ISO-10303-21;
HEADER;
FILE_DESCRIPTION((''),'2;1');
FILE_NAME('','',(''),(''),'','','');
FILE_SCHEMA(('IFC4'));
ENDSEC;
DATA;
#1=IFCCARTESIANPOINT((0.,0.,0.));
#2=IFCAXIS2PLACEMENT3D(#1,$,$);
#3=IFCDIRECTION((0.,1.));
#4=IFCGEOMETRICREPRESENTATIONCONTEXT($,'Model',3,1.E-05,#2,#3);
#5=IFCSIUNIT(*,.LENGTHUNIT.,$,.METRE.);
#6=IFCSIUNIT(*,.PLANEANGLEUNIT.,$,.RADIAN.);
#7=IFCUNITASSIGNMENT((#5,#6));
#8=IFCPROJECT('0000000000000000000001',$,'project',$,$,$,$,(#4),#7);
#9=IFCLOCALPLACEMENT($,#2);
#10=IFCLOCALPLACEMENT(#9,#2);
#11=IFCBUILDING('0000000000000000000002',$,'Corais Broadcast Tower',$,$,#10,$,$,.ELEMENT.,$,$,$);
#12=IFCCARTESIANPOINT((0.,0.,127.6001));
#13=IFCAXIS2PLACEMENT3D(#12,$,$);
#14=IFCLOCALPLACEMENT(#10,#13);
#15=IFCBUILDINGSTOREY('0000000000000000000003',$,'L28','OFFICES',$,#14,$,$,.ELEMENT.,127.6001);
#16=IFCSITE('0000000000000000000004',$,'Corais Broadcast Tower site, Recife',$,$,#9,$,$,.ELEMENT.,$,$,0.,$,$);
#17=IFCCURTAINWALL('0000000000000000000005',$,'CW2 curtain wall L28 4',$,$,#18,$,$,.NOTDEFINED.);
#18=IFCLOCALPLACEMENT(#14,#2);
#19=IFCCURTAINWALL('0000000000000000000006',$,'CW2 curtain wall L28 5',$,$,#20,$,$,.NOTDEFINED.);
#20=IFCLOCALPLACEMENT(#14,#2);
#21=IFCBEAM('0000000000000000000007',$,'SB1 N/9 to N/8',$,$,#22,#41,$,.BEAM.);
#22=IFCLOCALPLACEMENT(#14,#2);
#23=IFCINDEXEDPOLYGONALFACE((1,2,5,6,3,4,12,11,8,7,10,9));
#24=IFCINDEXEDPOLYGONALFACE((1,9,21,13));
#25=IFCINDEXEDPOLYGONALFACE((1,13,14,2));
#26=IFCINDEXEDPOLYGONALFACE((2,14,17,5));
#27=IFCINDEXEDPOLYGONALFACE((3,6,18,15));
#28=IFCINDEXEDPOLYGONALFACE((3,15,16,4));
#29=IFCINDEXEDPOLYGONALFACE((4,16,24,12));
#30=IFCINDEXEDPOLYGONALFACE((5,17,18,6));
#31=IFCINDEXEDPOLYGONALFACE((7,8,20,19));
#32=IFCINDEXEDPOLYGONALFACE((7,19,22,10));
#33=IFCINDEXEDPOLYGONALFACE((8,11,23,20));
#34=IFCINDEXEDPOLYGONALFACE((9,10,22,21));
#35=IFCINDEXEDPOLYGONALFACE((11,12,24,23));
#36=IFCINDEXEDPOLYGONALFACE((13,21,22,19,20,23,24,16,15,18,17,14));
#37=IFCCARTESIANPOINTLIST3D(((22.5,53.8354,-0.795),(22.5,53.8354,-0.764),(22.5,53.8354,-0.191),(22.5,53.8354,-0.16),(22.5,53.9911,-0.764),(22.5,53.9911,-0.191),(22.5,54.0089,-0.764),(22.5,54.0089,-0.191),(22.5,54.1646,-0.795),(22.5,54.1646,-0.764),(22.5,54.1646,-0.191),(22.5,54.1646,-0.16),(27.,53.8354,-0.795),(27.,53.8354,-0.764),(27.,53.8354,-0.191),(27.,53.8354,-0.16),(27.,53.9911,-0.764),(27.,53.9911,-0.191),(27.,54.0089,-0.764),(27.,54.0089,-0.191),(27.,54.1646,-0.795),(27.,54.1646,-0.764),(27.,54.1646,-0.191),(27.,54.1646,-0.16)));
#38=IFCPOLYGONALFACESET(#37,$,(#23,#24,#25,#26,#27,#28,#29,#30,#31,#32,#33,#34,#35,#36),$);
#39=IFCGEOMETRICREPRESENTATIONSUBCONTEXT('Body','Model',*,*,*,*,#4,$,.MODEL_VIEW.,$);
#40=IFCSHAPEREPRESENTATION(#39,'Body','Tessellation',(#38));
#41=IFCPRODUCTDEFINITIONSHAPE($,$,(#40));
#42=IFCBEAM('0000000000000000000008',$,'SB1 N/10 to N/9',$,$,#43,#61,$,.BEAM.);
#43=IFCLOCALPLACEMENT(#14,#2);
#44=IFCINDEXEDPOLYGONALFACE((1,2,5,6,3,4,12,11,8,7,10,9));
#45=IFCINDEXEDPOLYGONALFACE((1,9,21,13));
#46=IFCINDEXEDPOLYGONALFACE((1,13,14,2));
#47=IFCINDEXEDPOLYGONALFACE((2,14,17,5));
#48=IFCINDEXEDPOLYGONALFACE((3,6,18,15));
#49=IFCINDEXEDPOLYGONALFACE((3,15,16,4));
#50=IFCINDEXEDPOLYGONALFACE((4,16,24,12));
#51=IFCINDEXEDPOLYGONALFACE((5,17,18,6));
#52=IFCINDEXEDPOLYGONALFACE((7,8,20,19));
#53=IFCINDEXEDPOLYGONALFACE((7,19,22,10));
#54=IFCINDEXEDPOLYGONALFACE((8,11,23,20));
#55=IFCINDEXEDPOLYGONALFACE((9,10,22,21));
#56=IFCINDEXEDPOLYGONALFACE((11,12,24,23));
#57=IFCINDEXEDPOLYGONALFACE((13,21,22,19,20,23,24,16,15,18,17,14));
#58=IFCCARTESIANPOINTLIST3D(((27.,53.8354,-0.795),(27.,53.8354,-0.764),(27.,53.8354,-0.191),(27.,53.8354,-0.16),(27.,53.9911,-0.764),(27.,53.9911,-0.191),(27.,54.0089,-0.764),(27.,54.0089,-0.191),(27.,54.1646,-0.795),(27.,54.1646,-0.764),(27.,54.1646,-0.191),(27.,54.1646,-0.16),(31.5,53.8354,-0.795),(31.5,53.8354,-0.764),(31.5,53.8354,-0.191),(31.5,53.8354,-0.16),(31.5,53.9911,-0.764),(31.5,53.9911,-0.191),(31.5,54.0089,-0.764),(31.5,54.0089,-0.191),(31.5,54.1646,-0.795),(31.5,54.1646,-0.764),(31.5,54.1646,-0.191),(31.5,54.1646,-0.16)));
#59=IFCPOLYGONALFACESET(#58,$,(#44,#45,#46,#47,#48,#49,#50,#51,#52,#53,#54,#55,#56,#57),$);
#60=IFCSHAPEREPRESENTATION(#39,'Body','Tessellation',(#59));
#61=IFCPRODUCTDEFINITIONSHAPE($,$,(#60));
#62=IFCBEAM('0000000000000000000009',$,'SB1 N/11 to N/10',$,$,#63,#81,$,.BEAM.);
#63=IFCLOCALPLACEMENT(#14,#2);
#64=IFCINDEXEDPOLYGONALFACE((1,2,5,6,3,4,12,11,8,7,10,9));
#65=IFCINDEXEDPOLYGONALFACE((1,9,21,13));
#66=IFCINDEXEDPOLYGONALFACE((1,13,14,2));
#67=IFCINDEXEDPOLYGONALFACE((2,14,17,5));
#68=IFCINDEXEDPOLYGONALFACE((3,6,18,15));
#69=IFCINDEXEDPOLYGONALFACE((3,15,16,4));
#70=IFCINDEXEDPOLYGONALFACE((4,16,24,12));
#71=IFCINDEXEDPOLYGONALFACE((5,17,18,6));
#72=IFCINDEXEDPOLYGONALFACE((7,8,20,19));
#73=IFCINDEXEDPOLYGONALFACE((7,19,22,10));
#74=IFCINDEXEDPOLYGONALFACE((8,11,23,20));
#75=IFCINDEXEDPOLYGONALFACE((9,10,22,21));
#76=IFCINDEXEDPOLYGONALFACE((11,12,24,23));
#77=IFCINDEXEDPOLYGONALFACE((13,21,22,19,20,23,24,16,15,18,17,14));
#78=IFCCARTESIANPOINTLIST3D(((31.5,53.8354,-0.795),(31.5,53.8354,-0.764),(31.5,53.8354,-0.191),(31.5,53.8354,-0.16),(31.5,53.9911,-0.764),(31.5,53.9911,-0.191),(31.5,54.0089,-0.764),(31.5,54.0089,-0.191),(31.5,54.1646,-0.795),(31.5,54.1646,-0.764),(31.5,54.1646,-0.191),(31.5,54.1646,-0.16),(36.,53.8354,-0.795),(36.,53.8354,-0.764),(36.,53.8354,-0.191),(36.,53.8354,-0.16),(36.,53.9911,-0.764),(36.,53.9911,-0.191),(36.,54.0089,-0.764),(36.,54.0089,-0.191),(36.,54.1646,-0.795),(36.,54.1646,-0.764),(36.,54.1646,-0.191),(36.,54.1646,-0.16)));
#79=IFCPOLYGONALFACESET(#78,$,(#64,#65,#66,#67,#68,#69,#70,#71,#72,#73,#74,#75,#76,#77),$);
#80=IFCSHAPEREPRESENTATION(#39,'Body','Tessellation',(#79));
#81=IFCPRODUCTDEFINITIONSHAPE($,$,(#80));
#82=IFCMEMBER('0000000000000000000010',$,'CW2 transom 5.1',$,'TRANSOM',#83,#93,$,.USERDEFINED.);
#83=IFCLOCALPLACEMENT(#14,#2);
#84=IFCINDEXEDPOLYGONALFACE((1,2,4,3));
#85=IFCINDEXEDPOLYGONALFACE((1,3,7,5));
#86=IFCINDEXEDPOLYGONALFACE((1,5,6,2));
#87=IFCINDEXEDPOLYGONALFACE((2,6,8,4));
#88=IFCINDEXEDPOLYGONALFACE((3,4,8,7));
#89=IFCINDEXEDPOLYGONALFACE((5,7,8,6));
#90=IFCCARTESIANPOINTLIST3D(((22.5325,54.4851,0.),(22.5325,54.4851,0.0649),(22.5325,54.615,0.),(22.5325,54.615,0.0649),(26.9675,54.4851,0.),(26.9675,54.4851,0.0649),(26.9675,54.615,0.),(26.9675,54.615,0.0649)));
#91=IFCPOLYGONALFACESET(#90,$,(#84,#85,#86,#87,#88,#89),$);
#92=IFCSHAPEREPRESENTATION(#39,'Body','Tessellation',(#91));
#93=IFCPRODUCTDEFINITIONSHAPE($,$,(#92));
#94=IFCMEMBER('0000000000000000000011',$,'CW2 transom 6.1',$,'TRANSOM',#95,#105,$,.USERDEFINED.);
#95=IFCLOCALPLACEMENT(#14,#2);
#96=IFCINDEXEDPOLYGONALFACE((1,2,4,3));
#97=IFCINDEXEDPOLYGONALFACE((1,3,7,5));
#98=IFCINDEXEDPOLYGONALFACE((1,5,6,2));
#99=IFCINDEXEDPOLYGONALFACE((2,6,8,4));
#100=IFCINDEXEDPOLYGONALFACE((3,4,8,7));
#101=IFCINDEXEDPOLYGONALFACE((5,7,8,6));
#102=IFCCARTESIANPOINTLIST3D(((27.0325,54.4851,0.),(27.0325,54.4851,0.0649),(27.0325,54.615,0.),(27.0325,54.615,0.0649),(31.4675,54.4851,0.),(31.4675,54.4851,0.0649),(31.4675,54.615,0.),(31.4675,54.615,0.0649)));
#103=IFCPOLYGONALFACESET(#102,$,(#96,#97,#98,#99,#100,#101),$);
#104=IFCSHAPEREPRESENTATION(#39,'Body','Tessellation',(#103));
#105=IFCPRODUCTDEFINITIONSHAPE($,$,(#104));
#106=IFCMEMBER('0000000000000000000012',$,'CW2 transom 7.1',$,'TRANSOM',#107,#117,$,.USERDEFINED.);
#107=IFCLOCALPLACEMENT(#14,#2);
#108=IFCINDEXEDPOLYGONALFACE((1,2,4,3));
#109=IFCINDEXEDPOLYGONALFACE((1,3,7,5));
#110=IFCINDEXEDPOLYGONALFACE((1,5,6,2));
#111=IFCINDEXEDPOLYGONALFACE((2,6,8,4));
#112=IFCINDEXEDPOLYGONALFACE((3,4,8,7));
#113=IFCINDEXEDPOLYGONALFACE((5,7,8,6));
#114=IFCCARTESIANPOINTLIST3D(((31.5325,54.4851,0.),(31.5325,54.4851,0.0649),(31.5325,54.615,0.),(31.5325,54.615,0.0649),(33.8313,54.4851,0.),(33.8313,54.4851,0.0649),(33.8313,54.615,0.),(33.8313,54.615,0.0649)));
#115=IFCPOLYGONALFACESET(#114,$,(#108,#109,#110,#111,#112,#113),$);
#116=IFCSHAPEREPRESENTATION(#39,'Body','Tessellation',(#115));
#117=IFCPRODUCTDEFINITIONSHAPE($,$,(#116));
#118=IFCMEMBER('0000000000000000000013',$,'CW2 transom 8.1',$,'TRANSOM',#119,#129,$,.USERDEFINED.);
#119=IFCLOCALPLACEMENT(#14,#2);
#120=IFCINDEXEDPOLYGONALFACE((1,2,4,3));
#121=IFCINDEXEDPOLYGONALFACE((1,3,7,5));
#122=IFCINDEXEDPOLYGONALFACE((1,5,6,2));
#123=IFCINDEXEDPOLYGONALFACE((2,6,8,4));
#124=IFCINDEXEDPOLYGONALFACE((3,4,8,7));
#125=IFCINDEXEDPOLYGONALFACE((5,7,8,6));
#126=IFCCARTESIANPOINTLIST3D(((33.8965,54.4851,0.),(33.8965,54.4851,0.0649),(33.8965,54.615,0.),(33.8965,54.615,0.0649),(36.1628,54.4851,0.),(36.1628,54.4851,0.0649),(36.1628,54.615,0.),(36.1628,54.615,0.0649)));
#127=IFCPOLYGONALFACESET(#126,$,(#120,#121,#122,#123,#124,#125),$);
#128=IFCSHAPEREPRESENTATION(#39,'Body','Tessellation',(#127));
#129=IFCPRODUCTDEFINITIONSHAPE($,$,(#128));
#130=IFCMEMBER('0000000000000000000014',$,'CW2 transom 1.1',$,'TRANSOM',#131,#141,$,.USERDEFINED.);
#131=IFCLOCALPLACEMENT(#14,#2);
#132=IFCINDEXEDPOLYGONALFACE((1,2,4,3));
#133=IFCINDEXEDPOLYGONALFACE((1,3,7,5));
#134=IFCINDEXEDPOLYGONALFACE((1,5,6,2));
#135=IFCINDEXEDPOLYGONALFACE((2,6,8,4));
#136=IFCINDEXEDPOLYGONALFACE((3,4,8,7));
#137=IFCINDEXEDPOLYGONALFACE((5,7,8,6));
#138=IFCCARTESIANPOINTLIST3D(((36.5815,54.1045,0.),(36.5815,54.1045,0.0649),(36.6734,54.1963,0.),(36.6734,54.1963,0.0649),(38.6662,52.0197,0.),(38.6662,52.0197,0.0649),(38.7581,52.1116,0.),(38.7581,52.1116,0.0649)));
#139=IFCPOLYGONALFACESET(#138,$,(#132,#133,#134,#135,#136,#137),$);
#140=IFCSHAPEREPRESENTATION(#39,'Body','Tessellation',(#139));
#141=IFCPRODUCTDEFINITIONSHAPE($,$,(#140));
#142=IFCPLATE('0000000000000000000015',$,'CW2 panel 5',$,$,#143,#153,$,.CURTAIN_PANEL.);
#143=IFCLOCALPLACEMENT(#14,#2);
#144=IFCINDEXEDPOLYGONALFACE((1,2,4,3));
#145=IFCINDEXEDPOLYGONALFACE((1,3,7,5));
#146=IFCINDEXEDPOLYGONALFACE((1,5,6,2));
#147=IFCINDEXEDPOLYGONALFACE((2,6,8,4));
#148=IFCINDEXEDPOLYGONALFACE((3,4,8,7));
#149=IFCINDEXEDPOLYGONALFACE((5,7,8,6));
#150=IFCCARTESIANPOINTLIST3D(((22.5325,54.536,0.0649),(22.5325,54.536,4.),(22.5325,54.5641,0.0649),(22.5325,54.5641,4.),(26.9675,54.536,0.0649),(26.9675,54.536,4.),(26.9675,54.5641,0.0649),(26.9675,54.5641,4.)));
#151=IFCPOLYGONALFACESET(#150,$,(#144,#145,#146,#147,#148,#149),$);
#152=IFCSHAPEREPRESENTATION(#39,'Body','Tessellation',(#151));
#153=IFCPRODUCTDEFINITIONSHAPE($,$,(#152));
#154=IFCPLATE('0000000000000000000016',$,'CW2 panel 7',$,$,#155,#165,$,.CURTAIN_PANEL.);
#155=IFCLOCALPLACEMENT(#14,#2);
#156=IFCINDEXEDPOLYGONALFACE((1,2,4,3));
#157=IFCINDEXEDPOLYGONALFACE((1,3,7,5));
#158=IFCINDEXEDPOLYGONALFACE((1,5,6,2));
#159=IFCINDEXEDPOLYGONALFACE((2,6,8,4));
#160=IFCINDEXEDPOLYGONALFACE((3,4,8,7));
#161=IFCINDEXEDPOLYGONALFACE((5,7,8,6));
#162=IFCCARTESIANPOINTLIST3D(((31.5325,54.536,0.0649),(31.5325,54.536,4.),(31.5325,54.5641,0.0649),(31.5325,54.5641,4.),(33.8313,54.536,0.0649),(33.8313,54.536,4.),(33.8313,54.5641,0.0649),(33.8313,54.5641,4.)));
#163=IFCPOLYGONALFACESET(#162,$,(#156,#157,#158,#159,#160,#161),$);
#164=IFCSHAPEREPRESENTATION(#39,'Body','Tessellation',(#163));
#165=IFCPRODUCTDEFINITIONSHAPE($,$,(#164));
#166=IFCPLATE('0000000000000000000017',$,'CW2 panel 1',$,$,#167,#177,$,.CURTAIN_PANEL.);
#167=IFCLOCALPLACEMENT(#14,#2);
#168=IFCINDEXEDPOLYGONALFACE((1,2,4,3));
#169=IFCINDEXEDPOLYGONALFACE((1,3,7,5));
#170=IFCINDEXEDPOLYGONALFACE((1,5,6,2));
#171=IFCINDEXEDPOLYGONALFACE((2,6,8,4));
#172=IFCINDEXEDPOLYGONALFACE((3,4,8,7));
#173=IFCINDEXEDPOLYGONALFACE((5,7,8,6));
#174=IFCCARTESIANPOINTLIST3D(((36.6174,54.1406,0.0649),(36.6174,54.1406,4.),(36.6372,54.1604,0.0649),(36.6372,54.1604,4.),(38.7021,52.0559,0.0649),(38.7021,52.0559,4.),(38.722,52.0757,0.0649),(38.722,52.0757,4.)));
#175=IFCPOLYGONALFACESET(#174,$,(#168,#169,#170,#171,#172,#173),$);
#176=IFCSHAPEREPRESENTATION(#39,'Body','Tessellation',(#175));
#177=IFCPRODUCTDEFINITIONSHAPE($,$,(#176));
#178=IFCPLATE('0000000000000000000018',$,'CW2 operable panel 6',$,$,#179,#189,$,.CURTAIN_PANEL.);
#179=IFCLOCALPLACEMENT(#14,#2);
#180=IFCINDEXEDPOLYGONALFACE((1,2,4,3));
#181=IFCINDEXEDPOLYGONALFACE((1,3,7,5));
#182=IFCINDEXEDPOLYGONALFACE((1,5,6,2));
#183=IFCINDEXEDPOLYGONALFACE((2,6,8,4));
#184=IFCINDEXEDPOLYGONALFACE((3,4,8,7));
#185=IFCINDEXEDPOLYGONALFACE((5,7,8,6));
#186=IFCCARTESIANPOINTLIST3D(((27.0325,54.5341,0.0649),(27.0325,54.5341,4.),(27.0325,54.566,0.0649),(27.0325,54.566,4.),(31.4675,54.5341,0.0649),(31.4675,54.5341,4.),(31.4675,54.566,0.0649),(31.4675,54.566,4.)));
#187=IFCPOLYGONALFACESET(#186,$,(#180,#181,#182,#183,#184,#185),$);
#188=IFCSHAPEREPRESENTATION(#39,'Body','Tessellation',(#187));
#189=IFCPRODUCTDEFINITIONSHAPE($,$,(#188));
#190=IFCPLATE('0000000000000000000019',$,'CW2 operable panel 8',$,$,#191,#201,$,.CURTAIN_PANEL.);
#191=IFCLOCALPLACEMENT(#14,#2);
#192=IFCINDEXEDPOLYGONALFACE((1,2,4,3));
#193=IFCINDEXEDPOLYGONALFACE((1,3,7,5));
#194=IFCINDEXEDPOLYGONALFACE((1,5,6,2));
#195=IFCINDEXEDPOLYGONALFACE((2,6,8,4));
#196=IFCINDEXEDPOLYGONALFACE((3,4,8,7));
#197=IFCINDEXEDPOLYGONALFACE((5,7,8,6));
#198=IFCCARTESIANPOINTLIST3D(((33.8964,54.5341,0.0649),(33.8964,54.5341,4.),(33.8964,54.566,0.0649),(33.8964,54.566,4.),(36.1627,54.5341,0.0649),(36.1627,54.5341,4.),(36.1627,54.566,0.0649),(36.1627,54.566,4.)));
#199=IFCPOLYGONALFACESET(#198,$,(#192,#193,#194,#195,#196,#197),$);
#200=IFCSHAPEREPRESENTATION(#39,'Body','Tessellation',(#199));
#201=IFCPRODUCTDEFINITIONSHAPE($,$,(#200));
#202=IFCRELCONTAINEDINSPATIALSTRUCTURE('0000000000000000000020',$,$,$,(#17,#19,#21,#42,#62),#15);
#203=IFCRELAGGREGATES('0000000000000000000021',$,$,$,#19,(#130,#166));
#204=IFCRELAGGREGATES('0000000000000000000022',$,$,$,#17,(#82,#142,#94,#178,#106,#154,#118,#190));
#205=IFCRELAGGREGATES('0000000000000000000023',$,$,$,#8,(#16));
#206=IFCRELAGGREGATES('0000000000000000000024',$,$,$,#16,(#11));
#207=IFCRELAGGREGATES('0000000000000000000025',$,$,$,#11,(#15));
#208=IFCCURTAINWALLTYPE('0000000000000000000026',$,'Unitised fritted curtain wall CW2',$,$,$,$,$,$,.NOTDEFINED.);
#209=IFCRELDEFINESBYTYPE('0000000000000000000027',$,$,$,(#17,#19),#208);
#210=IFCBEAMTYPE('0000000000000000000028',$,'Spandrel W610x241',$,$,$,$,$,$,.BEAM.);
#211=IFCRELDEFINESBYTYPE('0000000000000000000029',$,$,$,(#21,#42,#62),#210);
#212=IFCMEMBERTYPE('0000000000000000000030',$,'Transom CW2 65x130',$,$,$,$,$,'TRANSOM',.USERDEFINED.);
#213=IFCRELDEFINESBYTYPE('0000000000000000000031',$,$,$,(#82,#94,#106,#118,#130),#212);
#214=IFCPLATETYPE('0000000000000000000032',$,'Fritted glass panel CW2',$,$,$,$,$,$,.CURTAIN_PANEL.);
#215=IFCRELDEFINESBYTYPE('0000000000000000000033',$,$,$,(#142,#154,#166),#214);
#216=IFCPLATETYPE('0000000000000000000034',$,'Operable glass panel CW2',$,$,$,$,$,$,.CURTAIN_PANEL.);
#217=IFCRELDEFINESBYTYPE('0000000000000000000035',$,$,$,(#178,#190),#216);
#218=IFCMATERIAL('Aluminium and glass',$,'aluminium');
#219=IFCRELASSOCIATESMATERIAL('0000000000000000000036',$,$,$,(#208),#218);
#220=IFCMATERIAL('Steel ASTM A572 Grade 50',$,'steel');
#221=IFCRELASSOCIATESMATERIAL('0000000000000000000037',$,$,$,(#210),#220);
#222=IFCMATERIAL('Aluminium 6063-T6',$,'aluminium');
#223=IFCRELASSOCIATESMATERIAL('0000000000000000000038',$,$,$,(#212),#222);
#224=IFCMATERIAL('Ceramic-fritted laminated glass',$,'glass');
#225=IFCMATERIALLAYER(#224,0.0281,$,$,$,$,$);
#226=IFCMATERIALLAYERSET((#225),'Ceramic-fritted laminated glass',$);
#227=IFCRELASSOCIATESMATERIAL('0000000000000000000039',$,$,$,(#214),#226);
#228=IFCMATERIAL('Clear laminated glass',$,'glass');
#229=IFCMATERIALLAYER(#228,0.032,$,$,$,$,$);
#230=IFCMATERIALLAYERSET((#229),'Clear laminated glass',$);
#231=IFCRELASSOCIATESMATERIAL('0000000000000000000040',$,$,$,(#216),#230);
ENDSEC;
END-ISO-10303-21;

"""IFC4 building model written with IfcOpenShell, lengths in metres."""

from ifc_helpers import new_model, si_unit, direction, frame, origin, origin_2d, place, context, subcontext, project, spatial, rectangle, i_section, extrude, material, layer, layer_set, material_profile, profile_set, type_object, element, aggregate, save


model = new_model("IFC4")

# Units and contexts
model_context = context("Model", 3, precision=1e-05, world=origin(), true_north=direction((0.0, 1.0)))
body_context = subcontext(model_context, "Body", "Model", "MODEL_VIEW")
ifc_project = project(units=[si_unit("LENGTHUNIT", "METRE"), si_unit("PLANEANGLEUNIT", "RADIAN")], contexts=[model_context])

# Site, building, storey
site_placement = place(None, origin())
site = spatial("IfcSite", under=ifc_project, at=site_placement, Name="Corais Broadcast Tower site, Recife", CompositionType="ELEMENT", RefElevation=0.0)
building_placement = place(site_placement, origin())
building = spatial("IfcBuilding", under=site, at=building_placement, Name="Corais Broadcast Tower", CompositionType="ELEMENT")
storey_placement = place(building_placement, frame((0.0, 0.0, 127.6001)))
storey = spatial("IfcBuildingStorey", under=building, at=storey_placement, Name="L28", Description="OFFICES", CompositionType="ELEMENT", Elevation=127.6001)

# Curtain walls
ifc_material_1 = material(Name="Aluminium and glass", Category="aluminium")
curtain_wall_type = type_object("IfcCurtainWallType", Name="Unitised fritted curtain wall CW2", PredefinedType="NOTDEFINED", material=ifc_material_1)
curtain_wall_1_placement = place(storey_placement, origin())
curtain_wall_1 = element("IfcCurtainWall", 1, at=curtain_wall_1_placement, inside=storey, type_object=curtain_wall_type, Name="CW2 curtain wall L28 4", PredefinedType="NOTDEFINED")
curtain_wall_2_placement = place(storey_placement, origin())
curtain_wall_2 = element("IfcCurtainWall", 2, at=curtain_wall_2_placement, inside=storey, type_object=curtain_wall_type, Name="CW2 curtain wall L28 5", PredefinedType="NOTDEFINED")

# Beams
ifc_material_2 = material(Name="Steel ASTM A572 Grade 50", Category="steel")
ifc_material_profile_1 = material_profile(ifc_material_2, i_section(OverallWidth=0.3291, OverallDepth=0.635, WebThickness=0.0178, FlangeThickness=0.031, at=origin_2d()), Name="W610x241")
ifc_profile_set_1 = profile_set([ifc_material_profile_1], Name="Steel ASTM A572 Grade 50")
beam_type_1 = type_object("IfcBeamType", Name="Spandrel W610x241", PredefinedType="BEAM", material=ifc_profile_set_1)
for number, where, z_axis, x_axis, name in (
    (3, (27.0, 54.0, -0.4775), (-1.0, 0.0, 0.0), (0.0, -1.0, 0.0), "SB1 N/9 to N/8"),
    (4, (31.5, 54.0, -0.4775), (-1.0, 0.0, 0.0), (0.0, -1.0, 0.0), "SB1 N/10 to N/9"),
    (5, (36.0, 54.0, -0.4775), (-1.0, 0.0, 0.0), (0.0, -1.0, 0.0), "SB1 N/11 to N/10"),
):
    element("IfcBeam", number, at=place(storey_placement, frame(where, z_axis=z_axis, x_axis=x_axis)), inside=storey, type_object=beam_type_1, Name=name, PredefinedType="BEAM", context=body_context, shape_type="SweptSolid", body=[
        extrude(i_section(OverallWidth=0.3291, OverallDepth=0.635, WebThickness=0.0178, FlangeThickness=0.031, at=origin_2d()), origin(), (0.0, 0.0, 1.0), 4.5),
    ])

# Members
ifc_material_3 = material(Name="Aluminium 6063-T6", Category="aluminium")
ifc_material_profile_2 = material_profile(ifc_material_3, rectangle(XDim=0.1299, YDim=0.0649, at=origin_2d()), Name="Transom CW2 65x130")
ifc_profile_set_2 = profile_set([ifc_material_profile_2], Name="Aluminium 6063-T6")
member_type_1 = type_object("IfcMemberType", Name="Transom CW2 65x130", ElementType="TRANSOM", PredefinedType="USERDEFINED", material=ifc_profile_set_2)
member_1_placement = place(storey_placement, frame((22.5325, 54.55, 0.0325), z_axis=(1.0, 0.0, 0.0), x_axis=(0.0, 1.0, 0.0)))
member_1 = element("IfcMember", 6, at=member_1_placement, type_object=member_type_1, Name="CW2 transom 5.1", ObjectType="TRANSOM", PredefinedType="USERDEFINED", context=body_context, shape_type="SweptSolid", body=[
    extrude(rectangle(XDim=0.1299, YDim=0.0649, at=origin_2d()), origin(), (0.0, 0.0, 1.0), 4.4351),
])
member_2_placement = place(storey_placement, frame((27.0325, 54.55, 0.0325), z_axis=(1.0, 0.0, 0.0), x_axis=(0.0, 1.0, 0.0)))
member_2 = element("IfcMember", 7, at=member_2_placement, type_object=member_type_1, Name="CW2 transom 6.1", ObjectType="TRANSOM", PredefinedType="USERDEFINED", context=body_context, shape_type="SweptSolid", body=[
    extrude(rectangle(XDim=0.1299, YDim=0.0649, at=origin_2d()), origin(), (0.0, 0.0, 1.0), 4.4351),
])
member_3_placement = place(storey_placement, frame((31.5325, 54.55, 0.0325), z_axis=(1.0, 0.0, 0.0), x_axis=(0.0, 1.0, 0.0)))
member_3 = element("IfcMember", 8, at=member_3_placement, type_object=member_type_1, Name="CW2 transom 7.1", ObjectType="TRANSOM", PredefinedType="USERDEFINED", context=body_context, shape_type="SweptSolid", body=[
    extrude(rectangle(XDim=0.1299, YDim=0.0649, at=origin_2d()), origin(), (0.0, 0.0, 1.0), 2.2988),
])
member_4_placement = place(storey_placement, frame((33.8965, 54.55, 0.0325), z_axis=(1.0, 0.0, 0.0), x_axis=(0.0, 1.0, 0.0)))
member_4 = element("IfcMember", 9, at=member_4_placement, type_object=member_type_1, Name="CW2 transom 8.1", ObjectType="TRANSOM", PredefinedType="USERDEFINED", context=body_context, shape_type="SweptSolid", body=[
    extrude(rectangle(XDim=0.1299, YDim=0.0649, at=origin_2d()), origin(), (0.0, 0.0, 1.0), 2.2664),
])
member_5_placement = place(storey_placement, frame((36.6274, 54.1504, 0.0325), z_axis=(0.707107, -0.707107, 0.0), x_axis=(0.707107, 0.707107, 0.0)))
member_5 = element("IfcMember", 10, at=member_5_placement, type_object=member_type_1, Name="CW2 transom 1.1", ObjectType="TRANSOM", PredefinedType="USERDEFINED", context=body_context, shape_type="SweptSolid", body=[
    extrude(rectangle(XDim=0.1299, YDim=0.0649, at=origin_2d()), origin(), (0.0, 0.0, 1.0), 2.9482),
])

# Plates
ifc_material_4 = material(Name="Ceramic-fritted laminated glass", Category="glass")
ifc_layer_1 = layer(ifc_material_4, 0.0281)
ifc_layer_set_1 = layer_set([ifc_layer_1], Name="Ceramic-fritted laminated glass")
plate_type_1 = type_object("IfcPlateType", Name="Fritted glass panel CW2", PredefinedType="CURTAIN_PANEL", material=ifc_layer_set_1)
plate_1_placement = place(storey_placement, frame((24.75, 54.55, 0.0649), z_axis=(0.0, 0.0, 1.0), x_axis=(1.0, 0.0, 0.0)))
plate_1 = element("IfcPlate", 11, at=plate_1_placement, type_object=plate_type_1, Name="CW2 panel 5", PredefinedType="CURTAIN_PANEL", context=body_context, shape_type="SweptSolid", body=[
    extrude(rectangle(XDim=4.4351, YDim=0.0281, at=origin_2d()), origin(), (0.0, 0.0, 1.0), 3.9351),
])
plate_2_placement = place(storey_placement, frame((32.6819, 54.55, 0.0649), z_axis=(0.0, 0.0, 1.0), x_axis=(1.0, 0.0, 0.0)))
plate_2 = element("IfcPlate", 12, at=plate_2_placement, type_object=plate_type_1, Name="CW2 panel 7", PredefinedType="CURTAIN_PANEL", context=body_context, shape_type="SweptSolid", body=[
    extrude(rectangle(XDim=2.2988, YDim=0.0281, at=origin_2d()), origin(), (0.0, 0.0, 1.0), 3.9351),
])
plate_3_placement = place(storey_placement, frame((37.6697, 53.1082, 0.0649), z_axis=(0.0, 0.0, 1.0), x_axis=(0.707107, -0.707107, 0.0)))
plate_3 = element("IfcPlate", 13, at=plate_3_placement, type_object=plate_type_1, Name="CW2 panel 1", PredefinedType="CURTAIN_PANEL", context=body_context, shape_type="SweptSolid", body=[
    extrude(rectangle(XDim=2.9482, YDim=0.0281, at=origin_2d()), origin(), (0.0, 0.0, 1.0), 3.9351),
])
aggregate(curtain_wall_2, [member_5, plate_3])
ifc_material_5 = material(Name="Clear laminated glass", Category="glass")
ifc_layer_2 = layer(ifc_material_5, 0.032)
ifc_layer_set_2 = layer_set([ifc_layer_2], Name="Clear laminated glass")
plate_type_2 = type_object("IfcPlateType", Name="Operable glass panel CW2", PredefinedType="CURTAIN_PANEL", material=ifc_layer_set_2)
plate_4_placement = place(storey_placement, frame((29.25, 54.55, 0.0649), z_axis=(0.0, 0.0, 1.0), x_axis=(1.0, 0.0, 0.0)))
plate_4 = element("IfcPlate", 14, at=plate_4_placement, type_object=plate_type_2, Name="CW2 operable panel 6", PredefinedType="CURTAIN_PANEL", context=body_context, shape_type="SweptSolid", body=[
    extrude(rectangle(XDim=4.4351, YDim=0.032, at=origin_2d()), origin(), (0.0, 0.0, 1.0), 3.9351),
])
plate_5_placement = place(storey_placement, frame((35.0295, 54.55, 0.0649), z_axis=(0.0, 0.0, 1.0), x_axis=(1.0, 0.0, 0.0)))
plate_5 = element("IfcPlate", 15, at=plate_5_placement, type_object=plate_type_2, Name="CW2 operable panel 8", PredefinedType="CURTAIN_PANEL", context=body_context, shape_type="SweptSolid", body=[
    extrude(rectangle(XDim=2.2664, YDim=0.032, at=origin_2d()), origin(), (0.0, 0.0, 1.0), 3.9351),
])
aggregate(curtain_wall_1, [member_1, plate_1, member_2, plate_4, member_3, plate_2, member_4, plate_5])

save(model, "model.ifc")
